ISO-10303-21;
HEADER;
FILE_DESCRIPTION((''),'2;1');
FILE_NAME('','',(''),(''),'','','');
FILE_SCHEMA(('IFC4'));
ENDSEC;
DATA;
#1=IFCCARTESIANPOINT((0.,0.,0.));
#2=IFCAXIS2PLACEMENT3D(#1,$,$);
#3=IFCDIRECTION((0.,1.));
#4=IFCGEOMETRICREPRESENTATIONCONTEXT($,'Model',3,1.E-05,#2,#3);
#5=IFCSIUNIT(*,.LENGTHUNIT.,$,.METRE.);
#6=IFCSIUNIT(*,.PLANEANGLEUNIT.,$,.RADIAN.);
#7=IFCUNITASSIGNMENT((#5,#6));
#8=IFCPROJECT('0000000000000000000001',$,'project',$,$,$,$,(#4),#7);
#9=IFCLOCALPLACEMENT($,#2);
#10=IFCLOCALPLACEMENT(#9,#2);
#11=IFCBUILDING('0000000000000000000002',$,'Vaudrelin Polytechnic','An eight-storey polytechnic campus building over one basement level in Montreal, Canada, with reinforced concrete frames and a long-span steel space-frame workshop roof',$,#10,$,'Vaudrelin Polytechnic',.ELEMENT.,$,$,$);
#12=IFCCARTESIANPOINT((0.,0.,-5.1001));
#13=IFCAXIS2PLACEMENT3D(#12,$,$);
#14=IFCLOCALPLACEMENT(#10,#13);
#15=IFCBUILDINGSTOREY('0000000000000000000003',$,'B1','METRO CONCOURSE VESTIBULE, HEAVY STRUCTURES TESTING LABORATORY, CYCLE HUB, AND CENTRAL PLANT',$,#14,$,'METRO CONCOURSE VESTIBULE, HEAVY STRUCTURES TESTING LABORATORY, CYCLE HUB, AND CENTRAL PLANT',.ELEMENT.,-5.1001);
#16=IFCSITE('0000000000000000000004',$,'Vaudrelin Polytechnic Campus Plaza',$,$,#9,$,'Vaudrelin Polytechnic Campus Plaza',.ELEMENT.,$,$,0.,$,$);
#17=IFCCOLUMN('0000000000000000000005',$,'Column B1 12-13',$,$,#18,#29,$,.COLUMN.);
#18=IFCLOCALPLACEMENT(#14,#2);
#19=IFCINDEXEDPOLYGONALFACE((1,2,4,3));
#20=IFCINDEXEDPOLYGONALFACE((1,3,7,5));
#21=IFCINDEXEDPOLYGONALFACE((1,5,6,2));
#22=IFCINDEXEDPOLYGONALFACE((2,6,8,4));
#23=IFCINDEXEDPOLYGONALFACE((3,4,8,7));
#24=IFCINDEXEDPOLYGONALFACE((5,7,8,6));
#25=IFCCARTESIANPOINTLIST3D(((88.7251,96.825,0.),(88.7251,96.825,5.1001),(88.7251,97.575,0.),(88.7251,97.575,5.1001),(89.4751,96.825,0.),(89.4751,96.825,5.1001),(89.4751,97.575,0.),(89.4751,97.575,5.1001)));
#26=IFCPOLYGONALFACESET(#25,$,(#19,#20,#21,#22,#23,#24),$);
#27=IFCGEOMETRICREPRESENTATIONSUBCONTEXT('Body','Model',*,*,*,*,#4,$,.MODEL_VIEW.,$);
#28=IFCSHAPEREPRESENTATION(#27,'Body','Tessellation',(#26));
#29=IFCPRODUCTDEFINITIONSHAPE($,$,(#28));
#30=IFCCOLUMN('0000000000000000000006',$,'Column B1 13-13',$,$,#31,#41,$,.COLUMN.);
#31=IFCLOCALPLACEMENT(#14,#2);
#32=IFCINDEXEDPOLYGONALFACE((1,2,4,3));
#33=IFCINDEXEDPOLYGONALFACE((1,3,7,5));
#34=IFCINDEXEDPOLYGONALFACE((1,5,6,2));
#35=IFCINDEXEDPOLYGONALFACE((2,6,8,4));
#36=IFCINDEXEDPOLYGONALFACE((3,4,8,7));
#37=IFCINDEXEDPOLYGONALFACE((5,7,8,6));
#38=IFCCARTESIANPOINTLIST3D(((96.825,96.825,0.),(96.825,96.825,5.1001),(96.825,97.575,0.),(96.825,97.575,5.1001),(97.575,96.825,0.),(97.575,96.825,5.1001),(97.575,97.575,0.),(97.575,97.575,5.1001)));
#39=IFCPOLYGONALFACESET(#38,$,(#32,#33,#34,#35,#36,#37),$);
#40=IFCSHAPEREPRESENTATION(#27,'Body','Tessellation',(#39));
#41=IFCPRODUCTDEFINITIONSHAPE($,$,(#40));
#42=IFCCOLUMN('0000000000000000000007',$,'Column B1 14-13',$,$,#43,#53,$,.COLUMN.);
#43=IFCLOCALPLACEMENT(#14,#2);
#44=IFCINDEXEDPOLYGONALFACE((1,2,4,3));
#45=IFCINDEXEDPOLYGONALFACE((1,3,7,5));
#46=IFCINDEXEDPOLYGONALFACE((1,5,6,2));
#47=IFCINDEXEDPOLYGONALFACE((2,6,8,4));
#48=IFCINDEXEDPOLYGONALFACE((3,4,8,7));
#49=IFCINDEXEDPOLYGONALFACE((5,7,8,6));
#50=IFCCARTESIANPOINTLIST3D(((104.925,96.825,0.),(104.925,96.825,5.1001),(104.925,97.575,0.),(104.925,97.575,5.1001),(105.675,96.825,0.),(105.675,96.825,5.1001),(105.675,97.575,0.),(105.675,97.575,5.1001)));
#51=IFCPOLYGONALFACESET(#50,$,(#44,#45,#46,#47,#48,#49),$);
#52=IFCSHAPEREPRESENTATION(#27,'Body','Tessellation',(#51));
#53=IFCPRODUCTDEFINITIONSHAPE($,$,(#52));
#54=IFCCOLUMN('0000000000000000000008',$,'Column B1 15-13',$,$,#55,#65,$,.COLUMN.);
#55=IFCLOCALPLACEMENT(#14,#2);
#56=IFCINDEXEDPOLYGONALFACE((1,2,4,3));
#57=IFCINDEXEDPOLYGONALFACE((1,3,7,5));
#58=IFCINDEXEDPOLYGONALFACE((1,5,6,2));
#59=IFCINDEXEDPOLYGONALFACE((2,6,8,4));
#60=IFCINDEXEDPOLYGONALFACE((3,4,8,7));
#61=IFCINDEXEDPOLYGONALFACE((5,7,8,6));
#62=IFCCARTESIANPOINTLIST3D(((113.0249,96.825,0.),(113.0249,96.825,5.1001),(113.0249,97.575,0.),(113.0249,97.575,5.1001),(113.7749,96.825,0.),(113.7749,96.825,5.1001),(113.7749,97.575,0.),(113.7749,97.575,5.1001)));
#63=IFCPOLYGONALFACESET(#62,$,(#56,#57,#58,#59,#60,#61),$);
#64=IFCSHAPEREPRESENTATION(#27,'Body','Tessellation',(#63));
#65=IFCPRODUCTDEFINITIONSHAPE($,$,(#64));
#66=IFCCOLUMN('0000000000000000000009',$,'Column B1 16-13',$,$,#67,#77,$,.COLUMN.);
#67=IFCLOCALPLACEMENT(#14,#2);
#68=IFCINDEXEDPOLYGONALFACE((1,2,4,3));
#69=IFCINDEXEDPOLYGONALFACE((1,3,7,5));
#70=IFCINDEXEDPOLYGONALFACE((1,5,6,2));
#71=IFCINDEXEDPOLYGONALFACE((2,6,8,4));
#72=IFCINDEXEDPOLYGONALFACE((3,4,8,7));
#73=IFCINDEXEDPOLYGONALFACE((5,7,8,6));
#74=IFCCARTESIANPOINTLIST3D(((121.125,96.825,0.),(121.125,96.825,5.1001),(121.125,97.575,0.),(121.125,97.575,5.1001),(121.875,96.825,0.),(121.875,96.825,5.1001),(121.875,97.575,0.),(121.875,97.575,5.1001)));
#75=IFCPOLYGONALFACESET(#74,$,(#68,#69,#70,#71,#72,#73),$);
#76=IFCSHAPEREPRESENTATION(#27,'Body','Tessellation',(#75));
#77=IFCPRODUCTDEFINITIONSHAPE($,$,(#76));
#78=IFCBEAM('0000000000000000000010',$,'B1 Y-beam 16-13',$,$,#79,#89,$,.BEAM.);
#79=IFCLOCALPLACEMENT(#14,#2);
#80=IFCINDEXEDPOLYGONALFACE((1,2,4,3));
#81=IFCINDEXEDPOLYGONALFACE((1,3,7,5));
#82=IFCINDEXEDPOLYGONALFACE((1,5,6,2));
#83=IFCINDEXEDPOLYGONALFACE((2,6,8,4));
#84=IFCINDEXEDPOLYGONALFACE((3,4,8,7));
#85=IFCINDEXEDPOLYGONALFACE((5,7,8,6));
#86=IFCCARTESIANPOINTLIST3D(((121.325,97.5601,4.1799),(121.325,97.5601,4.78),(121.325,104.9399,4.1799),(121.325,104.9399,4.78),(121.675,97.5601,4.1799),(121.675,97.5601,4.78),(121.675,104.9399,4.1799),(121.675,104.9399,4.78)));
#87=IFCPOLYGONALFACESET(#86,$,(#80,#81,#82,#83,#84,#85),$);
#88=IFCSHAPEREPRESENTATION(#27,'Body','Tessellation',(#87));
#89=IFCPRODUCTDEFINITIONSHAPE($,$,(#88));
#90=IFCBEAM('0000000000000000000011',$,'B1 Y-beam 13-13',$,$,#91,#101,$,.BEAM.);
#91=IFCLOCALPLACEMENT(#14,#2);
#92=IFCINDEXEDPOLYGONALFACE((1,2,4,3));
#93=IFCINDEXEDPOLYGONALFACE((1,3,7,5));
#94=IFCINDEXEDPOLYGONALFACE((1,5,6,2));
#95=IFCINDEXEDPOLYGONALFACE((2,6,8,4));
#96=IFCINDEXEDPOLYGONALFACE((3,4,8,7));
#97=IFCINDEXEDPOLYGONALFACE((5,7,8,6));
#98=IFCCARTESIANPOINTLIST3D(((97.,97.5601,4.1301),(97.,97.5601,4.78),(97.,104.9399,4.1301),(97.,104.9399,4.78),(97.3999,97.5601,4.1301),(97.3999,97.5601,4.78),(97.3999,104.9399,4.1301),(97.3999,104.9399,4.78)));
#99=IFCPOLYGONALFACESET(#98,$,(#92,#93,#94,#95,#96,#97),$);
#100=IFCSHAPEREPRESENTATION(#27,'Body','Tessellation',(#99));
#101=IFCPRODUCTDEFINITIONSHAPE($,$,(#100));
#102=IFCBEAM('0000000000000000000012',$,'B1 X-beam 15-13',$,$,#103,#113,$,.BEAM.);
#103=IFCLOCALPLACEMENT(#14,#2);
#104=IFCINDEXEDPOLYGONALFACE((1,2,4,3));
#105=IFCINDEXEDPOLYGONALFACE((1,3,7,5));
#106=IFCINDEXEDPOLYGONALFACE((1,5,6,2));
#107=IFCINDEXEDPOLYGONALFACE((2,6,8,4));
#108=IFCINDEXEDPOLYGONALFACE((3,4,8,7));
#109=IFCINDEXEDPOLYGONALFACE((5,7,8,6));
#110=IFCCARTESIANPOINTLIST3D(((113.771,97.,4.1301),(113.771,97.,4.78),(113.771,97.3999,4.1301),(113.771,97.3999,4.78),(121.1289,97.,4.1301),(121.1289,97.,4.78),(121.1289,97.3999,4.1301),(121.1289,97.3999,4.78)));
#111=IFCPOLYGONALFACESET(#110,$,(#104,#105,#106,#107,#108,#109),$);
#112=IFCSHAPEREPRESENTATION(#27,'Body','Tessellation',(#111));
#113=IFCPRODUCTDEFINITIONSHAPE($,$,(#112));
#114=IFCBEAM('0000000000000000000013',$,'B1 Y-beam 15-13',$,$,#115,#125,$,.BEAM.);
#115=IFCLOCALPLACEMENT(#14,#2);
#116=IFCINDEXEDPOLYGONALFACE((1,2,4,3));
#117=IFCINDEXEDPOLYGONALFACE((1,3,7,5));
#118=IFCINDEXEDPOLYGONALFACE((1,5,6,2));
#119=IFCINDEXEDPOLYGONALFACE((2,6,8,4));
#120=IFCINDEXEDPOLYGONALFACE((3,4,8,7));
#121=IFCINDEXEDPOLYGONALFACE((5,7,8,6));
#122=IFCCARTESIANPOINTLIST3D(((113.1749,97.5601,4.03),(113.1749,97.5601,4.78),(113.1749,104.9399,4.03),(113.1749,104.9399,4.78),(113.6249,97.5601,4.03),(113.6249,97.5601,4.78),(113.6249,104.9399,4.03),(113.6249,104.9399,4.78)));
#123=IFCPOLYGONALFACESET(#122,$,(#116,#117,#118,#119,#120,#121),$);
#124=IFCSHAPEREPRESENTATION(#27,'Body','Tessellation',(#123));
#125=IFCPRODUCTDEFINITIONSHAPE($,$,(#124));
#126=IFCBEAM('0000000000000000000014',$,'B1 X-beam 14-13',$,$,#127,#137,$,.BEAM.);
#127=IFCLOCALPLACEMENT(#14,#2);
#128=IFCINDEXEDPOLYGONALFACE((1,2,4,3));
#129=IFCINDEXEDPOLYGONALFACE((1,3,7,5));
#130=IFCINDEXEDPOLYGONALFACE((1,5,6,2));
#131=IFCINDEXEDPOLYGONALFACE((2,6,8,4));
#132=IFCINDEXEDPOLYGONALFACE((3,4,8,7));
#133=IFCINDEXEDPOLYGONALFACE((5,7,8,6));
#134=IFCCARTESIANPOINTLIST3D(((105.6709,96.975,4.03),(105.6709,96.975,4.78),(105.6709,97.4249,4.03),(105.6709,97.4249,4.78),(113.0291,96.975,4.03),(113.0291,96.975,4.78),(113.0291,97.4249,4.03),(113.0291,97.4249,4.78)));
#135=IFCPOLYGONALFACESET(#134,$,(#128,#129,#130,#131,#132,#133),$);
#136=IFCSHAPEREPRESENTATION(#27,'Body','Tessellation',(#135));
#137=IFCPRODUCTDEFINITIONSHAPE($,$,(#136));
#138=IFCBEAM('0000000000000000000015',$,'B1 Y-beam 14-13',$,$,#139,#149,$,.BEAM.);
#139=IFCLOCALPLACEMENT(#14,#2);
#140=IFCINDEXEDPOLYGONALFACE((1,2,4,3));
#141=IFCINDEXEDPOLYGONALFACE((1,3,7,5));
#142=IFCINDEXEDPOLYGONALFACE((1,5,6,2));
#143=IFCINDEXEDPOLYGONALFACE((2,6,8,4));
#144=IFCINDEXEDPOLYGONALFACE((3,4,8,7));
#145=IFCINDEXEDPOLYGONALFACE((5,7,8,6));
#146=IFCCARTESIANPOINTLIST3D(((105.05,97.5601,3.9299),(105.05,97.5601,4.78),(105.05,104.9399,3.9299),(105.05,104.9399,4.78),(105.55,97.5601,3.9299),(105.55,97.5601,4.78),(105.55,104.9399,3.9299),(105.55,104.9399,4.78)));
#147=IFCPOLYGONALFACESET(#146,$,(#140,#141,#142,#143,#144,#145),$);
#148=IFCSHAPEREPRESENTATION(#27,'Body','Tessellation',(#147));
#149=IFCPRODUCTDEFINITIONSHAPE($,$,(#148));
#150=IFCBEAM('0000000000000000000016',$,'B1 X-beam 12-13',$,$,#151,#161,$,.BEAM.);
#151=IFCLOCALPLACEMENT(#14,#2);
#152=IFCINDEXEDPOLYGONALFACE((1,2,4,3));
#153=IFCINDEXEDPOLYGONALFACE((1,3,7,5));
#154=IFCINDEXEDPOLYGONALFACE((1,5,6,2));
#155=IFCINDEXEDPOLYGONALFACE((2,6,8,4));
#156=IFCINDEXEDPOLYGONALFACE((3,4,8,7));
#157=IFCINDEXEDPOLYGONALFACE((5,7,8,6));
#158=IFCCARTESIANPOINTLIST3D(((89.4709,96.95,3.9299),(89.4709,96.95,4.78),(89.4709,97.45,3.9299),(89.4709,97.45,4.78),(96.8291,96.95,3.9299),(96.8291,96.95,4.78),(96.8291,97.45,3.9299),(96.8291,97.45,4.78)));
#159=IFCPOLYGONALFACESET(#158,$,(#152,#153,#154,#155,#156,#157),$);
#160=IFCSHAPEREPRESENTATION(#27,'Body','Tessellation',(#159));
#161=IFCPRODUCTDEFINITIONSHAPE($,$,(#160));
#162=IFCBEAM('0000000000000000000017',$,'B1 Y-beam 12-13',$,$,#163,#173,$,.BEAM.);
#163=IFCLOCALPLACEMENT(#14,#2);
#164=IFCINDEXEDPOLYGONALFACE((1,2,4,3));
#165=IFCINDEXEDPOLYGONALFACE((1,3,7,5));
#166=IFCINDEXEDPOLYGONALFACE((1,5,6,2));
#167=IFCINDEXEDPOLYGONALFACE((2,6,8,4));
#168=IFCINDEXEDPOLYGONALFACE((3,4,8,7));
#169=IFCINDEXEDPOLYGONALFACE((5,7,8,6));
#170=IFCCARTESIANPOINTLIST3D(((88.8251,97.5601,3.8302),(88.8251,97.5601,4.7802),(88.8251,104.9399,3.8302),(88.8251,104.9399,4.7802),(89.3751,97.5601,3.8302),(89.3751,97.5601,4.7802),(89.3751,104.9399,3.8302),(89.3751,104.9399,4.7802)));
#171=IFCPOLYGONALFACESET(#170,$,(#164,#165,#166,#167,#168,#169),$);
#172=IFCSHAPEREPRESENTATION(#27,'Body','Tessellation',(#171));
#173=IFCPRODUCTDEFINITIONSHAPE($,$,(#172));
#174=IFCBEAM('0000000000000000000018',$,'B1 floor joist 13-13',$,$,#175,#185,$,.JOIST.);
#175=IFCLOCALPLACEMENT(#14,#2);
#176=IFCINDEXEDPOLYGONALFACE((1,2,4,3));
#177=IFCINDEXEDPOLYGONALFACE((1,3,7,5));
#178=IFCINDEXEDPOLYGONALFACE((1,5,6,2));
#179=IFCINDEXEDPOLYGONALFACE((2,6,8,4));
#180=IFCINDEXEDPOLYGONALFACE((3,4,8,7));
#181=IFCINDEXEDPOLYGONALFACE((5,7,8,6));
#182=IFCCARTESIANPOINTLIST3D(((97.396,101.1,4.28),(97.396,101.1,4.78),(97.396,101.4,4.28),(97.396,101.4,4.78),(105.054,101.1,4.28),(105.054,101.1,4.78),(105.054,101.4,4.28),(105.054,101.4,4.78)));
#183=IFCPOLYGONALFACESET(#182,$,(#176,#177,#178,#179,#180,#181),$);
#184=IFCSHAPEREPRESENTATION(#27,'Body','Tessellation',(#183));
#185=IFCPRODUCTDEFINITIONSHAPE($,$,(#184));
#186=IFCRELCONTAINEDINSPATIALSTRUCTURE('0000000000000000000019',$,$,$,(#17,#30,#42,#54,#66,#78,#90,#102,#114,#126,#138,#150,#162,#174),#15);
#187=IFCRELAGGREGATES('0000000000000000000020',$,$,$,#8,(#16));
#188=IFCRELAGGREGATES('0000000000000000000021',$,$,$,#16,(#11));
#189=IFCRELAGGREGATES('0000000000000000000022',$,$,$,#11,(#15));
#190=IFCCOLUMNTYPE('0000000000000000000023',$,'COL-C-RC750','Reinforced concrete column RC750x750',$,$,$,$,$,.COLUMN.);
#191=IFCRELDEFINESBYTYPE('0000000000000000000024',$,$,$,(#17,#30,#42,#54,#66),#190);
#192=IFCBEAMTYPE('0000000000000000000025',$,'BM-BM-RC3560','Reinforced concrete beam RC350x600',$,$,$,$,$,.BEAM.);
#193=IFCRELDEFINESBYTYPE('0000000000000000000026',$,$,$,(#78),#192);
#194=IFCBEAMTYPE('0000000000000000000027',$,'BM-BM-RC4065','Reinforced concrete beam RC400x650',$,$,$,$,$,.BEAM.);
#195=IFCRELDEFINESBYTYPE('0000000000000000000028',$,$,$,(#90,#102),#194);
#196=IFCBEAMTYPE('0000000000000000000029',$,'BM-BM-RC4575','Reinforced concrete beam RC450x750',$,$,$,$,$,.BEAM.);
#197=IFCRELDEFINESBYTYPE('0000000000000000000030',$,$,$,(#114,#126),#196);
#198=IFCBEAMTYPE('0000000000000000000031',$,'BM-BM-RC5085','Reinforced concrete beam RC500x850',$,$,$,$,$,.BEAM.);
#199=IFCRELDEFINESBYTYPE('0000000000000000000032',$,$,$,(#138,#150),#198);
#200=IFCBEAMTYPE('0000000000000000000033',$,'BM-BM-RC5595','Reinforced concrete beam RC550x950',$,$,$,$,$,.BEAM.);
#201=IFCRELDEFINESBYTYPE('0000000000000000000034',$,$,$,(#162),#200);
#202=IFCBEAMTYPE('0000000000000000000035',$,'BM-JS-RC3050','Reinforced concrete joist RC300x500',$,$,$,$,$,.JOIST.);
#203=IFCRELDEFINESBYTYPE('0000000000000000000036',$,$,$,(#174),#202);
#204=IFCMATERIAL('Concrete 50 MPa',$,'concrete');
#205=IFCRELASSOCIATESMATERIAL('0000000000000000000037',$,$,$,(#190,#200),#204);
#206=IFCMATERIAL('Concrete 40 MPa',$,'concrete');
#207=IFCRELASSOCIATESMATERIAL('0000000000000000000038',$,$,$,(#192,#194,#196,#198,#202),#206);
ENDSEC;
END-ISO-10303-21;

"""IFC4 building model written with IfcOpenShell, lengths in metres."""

from ifc_helpers import new_model, si_unit, direction, frame, origin, origin_2d, place, context, subcontext, project, spatial, rectangle, extrude, material, material_profile, profile_set, type_object, element, save


model = new_model("IFC4")

# Units and contexts
model_context = context("Model", 3, precision=1e-05, world=origin(), true_north=direction((0.0, 1.0)))
body_context = subcontext(model_context, "Body", "Model", "MODEL_VIEW")
ifc_project = project(units=[si_unit("LENGTHUNIT", "METRE"), si_unit("PLANEANGLEUNIT", "RADIAN")], contexts=[model_context])

# Site, building, storey
site_placement = place(None, origin())
site = spatial("IfcSite", under=ifc_project, at=site_placement, Name="Vaudrelin Polytechnic Campus Plaza", LongName="Vaudrelin Polytechnic Campus Plaza", CompositionType="ELEMENT", RefElevation=0.0)
building_placement = place(site_placement, origin())
building = spatial("IfcBuilding", under=site, at=building_placement, Name="Vaudrelin Polytechnic", Description="An eight-storey polytechnic campus building over one basement level in Montreal, Canada, with reinforced concrete frames and a long-span steel space-frame workshop roof", LongName="Vaudrelin Polytechnic", CompositionType="ELEMENT")
storey_placement = place(building_placement, frame((0.0, 0.0, -5.1001)))
storey = spatial("IfcBuildingStorey", under=building, at=storey_placement, Name="B1", Description="METRO CONCOURSE VESTIBULE, HEAVY STRUCTURES TESTING LABORATORY, CYCLE HUB, AND CENTRAL PLANT", LongName="METRO CONCOURSE VESTIBULE, HEAVY STRUCTURES TESTING LABORATORY, CYCLE HUB, AND CENTRAL PLANT", CompositionType="ELEMENT", Elevation=-5.1001)

# Shared definitions
ifc_material_1 = material(Name="Concrete 40 MPa", Category="concrete")

# Columns
ifc_material_2 = material(Name="Concrete 50 MPa", Category="concrete")
ifc_material_profile_1 = material_profile(ifc_material_2, rectangle(XDim=0.75, YDim=0.75, at=origin_2d()), Name="RC750x750")
ifc_profile_set_1 = profile_set([ifc_material_profile_1], Name="Concrete 50 MPa")
column_type = type_object("IfcColumnType", Name="COL-C-RC750", Description="Reinforced concrete column RC750x750", PredefinedType="COLUMN", material=ifc_profile_set_1)
for number, where, z_axis, x_axis, name in (
    (1, (89.1001, 97.2, 0.0), (0.0, 0.0, 1.0), (1.0, 0.0, 0.0), "Column B1 12-13"),
    (2, (97.2, 97.2, 0.0), (0.0, 0.0, 1.0), (1.0, 0.0, 0.0), "Column B1 13-13"),
    (3, (105.3, 97.2, 0.0), (0.0, 0.0, 1.0), (1.0, 0.0, 0.0), "Column B1 14-13"),
    (4, (113.3999, 97.2, 0.0), (0.0, 0.0, 1.0), (1.0, 0.0, 0.0), "Column B1 15-13"),
    (5, (121.5, 97.2, 0.0), (0.0, 0.0, 1.0), (1.0, 0.0, 0.0), "Column B1 16-13"),
):
    element("IfcColumn", number, at=place(storey_placement, frame(where, z_axis=z_axis, x_axis=x_axis)), inside=storey, type_object=column_type, Name=name, PredefinedType="COLUMN", context=body_context, shape_type="SweptSolid", body=[
        extrude(rectangle(XDim=0.75, YDim=0.75, at=origin_2d()), origin(), (0.0, 0.0, 1.0), 5.1001),
    ])

# Beams
ifc_material_profile_2 = material_profile(ifc_material_1, rectangle(XDim=0.3501, YDim=0.6001, at=origin_2d()), Name="RC350x600")
ifc_profile_set_2 = profile_set([ifc_material_profile_2], Name="Concrete 40 MPa")
beam_type_1 = type_object("IfcBeamType", Name="BM-BM-RC3560", Description="Reinforced concrete beam RC350x600", PredefinedType="BEAM", material=ifc_profile_set_2)
beam_1_placement = place(storey_placement, frame((121.5, 97.5601, 4.48), z_axis=(0.0, 1.0, 0.0), x_axis=(-1.0, 0.0, 0.0)))
element("IfcBeam", 6, at=beam_1_placement, inside=storey, type_object=beam_type_1, Name="B1 Y-beam 16-13", PredefinedType="BEAM", context=body_context, shape_type="SweptSolid", body=[
    extrude(rectangle(XDim=0.3501, YDim=0.6001, at=origin_2d()), origin(), (0.0, 0.0, 1.0), 7.3799),
])
ifc_material_profile_3 = material_profile(ifc_material_1, rectangle(XDim=0.3999, YDim=0.6499, at=origin_2d()), Name="RC400x650")
ifc_profile_set_3 = profile_set([ifc_material_profile_3], Name="Concrete 40 MPa")
beam_type_2 = type_object("IfcBeamType", Name="BM-BM-RC4065", Description="Reinforced concrete beam RC400x650", PredefinedType="BEAM", material=ifc_profile_set_3)
beam_2_placement = place(storey_placement, frame((97.2, 97.5601, 4.4551), z_axis=(0.0, 1.0, 0.0), x_axis=(-1.0, 0.0, 0.0)))
element("IfcBeam", 7, at=beam_2_placement, inside=storey, type_object=beam_type_2, Name="B1 Y-beam 13-13", PredefinedType="BEAM", context=body_context, shape_type="SweptSolid", body=[
    extrude(rectangle(XDim=0.3999, YDim=0.6499, at=origin_2d()), origin(), (0.0, 0.0, 1.0), 7.3799),
])
beam_3_placement = place(storey_placement, frame((113.771, 97.2, 4.4551), z_axis=(1.0, 0.0, 0.0), x_axis=(0.0, 1.0, 0.0)))
element("IfcBeam", 8, at=beam_3_placement, inside=storey, type_object=beam_type_2, Name="B1 X-beam 15-13", PredefinedType="BEAM", context=body_context, shape_type="SweptSolid", body=[
    extrude(rectangle(XDim=0.3999, YDim=0.6499, at=origin_2d()), origin(), (0.0, 0.0, 1.0), 7.3579),
])
ifc_material_profile_4 = material_profile(ifc_material_1, rectangle(XDim=0.45, YDim=0.75, at=origin_2d()), Name="RC450x750")
ifc_profile_set_4 = profile_set([ifc_material_profile_4], Name="Concrete 40 MPa")
beam_type_3 = type_object("IfcBeamType", Name="BM-BM-RC4575", Description="Reinforced concrete beam RC450x750", PredefinedType="BEAM", material=ifc_profile_set_4)
beam_4_placement = place(storey_placement, frame((113.3999, 97.5601, 4.405), z_axis=(0.0, 1.0, 0.0), x_axis=(-1.0, 0.0, 0.0)))
element("IfcBeam", 9, at=beam_4_placement, inside=storey, type_object=beam_type_3, Name="B1 Y-beam 15-13", PredefinedType="BEAM", context=body_context, shape_type="SweptSolid", body=[
    extrude(rectangle(XDim=0.45, YDim=0.75, at=origin_2d()), origin(), (0.0, 0.0, 1.0), 7.3799),
])
beam_5_placement = place(storey_placement, frame((105.6709, 97.2, 4.405), z_axis=(1.0, 0.0, 0.0), x_axis=(0.0, 1.0, 0.0)))
element("IfcBeam", 10, at=beam_5_placement, inside=storey, type_object=beam_type_3, Name="B1 X-beam 14-13", PredefinedType="BEAM", context=body_context, shape_type="SweptSolid", body=[
    extrude(rectangle(XDim=0.45, YDim=0.75, at=origin_2d()), origin(), (0.0, 0.0, 1.0), 7.3582),
])
ifc_material_profile_5 = material_profile(ifc_material_1, rectangle(XDim=0.5, YDim=0.8501, at=origin_2d()), Name="RC500x850")
ifc_profile_set_5 = profile_set([ifc_material_profile_5], Name="Concrete 40 MPa")
beam_type_4 = type_object("IfcBeamType", Name="BM-BM-RC5085", Description="Reinforced concrete beam RC500x850", PredefinedType="BEAM", material=ifc_profile_set_5)
beam_6_placement = place(storey_placement, frame((105.3, 97.5601, 4.355), z_axis=(0.0, 1.0, 0.0), x_axis=(-1.0, 0.0, 0.0)))
element("IfcBeam", 11, at=beam_6_placement, inside=storey, type_object=beam_type_4, Name="B1 Y-beam 14-13", PredefinedType="BEAM", context=body_context, shape_type="SweptSolid", body=[
    extrude(rectangle(XDim=0.5, YDim=0.8501, at=origin_2d()), origin(), (0.0, 0.0, 1.0), 7.3799),
])
beam_7_placement = place(storey_placement, frame((89.4709, 97.2, 4.355), z_axis=(1.0, 0.0, 0.0), x_axis=(0.0, 1.0, 0.0)))
element("IfcBeam", 12, at=beam_7_placement, inside=storey, type_object=beam_type_4, Name="B1 X-beam 12-13", PredefinedType="BEAM", context=body_context, shape_type="SweptSolid", body=[
    extrude(rectangle(XDim=0.5, YDim=0.8501, at=origin_2d()), origin(), (0.0, 0.0, 1.0), 7.3582),
])
ifc_material_profile_6 = material_profile(ifc_material_2, rectangle(XDim=0.55, YDim=0.95, at=origin_2d()), Name="RC550x950")
ifc_profile_set_6 = profile_set([ifc_material_profile_6], Name="Concrete 50 MPa")
beam_type_5 = type_object("IfcBeamType", Name="BM-BM-RC5595", Description="Reinforced concrete beam RC550x950", PredefinedType="BEAM", material=ifc_profile_set_6)
beam_8_placement = place(storey_placement, frame((89.1001, 97.5601, 4.3052), z_axis=(0.0, 1.0, 0.0), x_axis=(-1.0, 0.0, 0.0)))
element("IfcBeam", 13, at=beam_8_placement, inside=storey, type_object=beam_type_5, Name="B1 Y-beam 12-13", PredefinedType="BEAM", context=body_context, shape_type="SweptSolid", body=[
    extrude(rectangle(XDim=0.55, YDim=0.95, at=origin_2d()), origin(), (0.0, 0.0, 1.0), 7.3799),
])
ifc_material_profile_7 = material_profile(ifc_material_1, rectangle(XDim=0.3, YDim=0.5, at=origin_2d()), Name="RC300x500")
ifc_profile_set_7 = profile_set([ifc_material_profile_7], Name="Concrete 40 MPa")
beam_type_6 = type_object("IfcBeamType", Name="BM-JS-RC3050", Description="Reinforced concrete joist RC300x500", PredefinedType="JOIST", material=ifc_profile_set_7)
beam_9_placement = place(storey_placement, frame((97.396, 101.25, 4.53), z_axis=(1.0, 0.0, 0.0), x_axis=(0.0, 1.0, 0.0)))
element("IfcBeam", 14, at=beam_9_placement, inside=storey, type_object=beam_type_6, Name="B1 floor joist 13-13", PredefinedType="JOIST", context=body_context, shape_type="SweptSolid", body=[
    extrude(rectangle(XDim=0.3, YDim=0.5, at=origin_2d()), origin(), (0.0, 0.0, 1.0), 7.658),
])

save(model, "model.ifc")
